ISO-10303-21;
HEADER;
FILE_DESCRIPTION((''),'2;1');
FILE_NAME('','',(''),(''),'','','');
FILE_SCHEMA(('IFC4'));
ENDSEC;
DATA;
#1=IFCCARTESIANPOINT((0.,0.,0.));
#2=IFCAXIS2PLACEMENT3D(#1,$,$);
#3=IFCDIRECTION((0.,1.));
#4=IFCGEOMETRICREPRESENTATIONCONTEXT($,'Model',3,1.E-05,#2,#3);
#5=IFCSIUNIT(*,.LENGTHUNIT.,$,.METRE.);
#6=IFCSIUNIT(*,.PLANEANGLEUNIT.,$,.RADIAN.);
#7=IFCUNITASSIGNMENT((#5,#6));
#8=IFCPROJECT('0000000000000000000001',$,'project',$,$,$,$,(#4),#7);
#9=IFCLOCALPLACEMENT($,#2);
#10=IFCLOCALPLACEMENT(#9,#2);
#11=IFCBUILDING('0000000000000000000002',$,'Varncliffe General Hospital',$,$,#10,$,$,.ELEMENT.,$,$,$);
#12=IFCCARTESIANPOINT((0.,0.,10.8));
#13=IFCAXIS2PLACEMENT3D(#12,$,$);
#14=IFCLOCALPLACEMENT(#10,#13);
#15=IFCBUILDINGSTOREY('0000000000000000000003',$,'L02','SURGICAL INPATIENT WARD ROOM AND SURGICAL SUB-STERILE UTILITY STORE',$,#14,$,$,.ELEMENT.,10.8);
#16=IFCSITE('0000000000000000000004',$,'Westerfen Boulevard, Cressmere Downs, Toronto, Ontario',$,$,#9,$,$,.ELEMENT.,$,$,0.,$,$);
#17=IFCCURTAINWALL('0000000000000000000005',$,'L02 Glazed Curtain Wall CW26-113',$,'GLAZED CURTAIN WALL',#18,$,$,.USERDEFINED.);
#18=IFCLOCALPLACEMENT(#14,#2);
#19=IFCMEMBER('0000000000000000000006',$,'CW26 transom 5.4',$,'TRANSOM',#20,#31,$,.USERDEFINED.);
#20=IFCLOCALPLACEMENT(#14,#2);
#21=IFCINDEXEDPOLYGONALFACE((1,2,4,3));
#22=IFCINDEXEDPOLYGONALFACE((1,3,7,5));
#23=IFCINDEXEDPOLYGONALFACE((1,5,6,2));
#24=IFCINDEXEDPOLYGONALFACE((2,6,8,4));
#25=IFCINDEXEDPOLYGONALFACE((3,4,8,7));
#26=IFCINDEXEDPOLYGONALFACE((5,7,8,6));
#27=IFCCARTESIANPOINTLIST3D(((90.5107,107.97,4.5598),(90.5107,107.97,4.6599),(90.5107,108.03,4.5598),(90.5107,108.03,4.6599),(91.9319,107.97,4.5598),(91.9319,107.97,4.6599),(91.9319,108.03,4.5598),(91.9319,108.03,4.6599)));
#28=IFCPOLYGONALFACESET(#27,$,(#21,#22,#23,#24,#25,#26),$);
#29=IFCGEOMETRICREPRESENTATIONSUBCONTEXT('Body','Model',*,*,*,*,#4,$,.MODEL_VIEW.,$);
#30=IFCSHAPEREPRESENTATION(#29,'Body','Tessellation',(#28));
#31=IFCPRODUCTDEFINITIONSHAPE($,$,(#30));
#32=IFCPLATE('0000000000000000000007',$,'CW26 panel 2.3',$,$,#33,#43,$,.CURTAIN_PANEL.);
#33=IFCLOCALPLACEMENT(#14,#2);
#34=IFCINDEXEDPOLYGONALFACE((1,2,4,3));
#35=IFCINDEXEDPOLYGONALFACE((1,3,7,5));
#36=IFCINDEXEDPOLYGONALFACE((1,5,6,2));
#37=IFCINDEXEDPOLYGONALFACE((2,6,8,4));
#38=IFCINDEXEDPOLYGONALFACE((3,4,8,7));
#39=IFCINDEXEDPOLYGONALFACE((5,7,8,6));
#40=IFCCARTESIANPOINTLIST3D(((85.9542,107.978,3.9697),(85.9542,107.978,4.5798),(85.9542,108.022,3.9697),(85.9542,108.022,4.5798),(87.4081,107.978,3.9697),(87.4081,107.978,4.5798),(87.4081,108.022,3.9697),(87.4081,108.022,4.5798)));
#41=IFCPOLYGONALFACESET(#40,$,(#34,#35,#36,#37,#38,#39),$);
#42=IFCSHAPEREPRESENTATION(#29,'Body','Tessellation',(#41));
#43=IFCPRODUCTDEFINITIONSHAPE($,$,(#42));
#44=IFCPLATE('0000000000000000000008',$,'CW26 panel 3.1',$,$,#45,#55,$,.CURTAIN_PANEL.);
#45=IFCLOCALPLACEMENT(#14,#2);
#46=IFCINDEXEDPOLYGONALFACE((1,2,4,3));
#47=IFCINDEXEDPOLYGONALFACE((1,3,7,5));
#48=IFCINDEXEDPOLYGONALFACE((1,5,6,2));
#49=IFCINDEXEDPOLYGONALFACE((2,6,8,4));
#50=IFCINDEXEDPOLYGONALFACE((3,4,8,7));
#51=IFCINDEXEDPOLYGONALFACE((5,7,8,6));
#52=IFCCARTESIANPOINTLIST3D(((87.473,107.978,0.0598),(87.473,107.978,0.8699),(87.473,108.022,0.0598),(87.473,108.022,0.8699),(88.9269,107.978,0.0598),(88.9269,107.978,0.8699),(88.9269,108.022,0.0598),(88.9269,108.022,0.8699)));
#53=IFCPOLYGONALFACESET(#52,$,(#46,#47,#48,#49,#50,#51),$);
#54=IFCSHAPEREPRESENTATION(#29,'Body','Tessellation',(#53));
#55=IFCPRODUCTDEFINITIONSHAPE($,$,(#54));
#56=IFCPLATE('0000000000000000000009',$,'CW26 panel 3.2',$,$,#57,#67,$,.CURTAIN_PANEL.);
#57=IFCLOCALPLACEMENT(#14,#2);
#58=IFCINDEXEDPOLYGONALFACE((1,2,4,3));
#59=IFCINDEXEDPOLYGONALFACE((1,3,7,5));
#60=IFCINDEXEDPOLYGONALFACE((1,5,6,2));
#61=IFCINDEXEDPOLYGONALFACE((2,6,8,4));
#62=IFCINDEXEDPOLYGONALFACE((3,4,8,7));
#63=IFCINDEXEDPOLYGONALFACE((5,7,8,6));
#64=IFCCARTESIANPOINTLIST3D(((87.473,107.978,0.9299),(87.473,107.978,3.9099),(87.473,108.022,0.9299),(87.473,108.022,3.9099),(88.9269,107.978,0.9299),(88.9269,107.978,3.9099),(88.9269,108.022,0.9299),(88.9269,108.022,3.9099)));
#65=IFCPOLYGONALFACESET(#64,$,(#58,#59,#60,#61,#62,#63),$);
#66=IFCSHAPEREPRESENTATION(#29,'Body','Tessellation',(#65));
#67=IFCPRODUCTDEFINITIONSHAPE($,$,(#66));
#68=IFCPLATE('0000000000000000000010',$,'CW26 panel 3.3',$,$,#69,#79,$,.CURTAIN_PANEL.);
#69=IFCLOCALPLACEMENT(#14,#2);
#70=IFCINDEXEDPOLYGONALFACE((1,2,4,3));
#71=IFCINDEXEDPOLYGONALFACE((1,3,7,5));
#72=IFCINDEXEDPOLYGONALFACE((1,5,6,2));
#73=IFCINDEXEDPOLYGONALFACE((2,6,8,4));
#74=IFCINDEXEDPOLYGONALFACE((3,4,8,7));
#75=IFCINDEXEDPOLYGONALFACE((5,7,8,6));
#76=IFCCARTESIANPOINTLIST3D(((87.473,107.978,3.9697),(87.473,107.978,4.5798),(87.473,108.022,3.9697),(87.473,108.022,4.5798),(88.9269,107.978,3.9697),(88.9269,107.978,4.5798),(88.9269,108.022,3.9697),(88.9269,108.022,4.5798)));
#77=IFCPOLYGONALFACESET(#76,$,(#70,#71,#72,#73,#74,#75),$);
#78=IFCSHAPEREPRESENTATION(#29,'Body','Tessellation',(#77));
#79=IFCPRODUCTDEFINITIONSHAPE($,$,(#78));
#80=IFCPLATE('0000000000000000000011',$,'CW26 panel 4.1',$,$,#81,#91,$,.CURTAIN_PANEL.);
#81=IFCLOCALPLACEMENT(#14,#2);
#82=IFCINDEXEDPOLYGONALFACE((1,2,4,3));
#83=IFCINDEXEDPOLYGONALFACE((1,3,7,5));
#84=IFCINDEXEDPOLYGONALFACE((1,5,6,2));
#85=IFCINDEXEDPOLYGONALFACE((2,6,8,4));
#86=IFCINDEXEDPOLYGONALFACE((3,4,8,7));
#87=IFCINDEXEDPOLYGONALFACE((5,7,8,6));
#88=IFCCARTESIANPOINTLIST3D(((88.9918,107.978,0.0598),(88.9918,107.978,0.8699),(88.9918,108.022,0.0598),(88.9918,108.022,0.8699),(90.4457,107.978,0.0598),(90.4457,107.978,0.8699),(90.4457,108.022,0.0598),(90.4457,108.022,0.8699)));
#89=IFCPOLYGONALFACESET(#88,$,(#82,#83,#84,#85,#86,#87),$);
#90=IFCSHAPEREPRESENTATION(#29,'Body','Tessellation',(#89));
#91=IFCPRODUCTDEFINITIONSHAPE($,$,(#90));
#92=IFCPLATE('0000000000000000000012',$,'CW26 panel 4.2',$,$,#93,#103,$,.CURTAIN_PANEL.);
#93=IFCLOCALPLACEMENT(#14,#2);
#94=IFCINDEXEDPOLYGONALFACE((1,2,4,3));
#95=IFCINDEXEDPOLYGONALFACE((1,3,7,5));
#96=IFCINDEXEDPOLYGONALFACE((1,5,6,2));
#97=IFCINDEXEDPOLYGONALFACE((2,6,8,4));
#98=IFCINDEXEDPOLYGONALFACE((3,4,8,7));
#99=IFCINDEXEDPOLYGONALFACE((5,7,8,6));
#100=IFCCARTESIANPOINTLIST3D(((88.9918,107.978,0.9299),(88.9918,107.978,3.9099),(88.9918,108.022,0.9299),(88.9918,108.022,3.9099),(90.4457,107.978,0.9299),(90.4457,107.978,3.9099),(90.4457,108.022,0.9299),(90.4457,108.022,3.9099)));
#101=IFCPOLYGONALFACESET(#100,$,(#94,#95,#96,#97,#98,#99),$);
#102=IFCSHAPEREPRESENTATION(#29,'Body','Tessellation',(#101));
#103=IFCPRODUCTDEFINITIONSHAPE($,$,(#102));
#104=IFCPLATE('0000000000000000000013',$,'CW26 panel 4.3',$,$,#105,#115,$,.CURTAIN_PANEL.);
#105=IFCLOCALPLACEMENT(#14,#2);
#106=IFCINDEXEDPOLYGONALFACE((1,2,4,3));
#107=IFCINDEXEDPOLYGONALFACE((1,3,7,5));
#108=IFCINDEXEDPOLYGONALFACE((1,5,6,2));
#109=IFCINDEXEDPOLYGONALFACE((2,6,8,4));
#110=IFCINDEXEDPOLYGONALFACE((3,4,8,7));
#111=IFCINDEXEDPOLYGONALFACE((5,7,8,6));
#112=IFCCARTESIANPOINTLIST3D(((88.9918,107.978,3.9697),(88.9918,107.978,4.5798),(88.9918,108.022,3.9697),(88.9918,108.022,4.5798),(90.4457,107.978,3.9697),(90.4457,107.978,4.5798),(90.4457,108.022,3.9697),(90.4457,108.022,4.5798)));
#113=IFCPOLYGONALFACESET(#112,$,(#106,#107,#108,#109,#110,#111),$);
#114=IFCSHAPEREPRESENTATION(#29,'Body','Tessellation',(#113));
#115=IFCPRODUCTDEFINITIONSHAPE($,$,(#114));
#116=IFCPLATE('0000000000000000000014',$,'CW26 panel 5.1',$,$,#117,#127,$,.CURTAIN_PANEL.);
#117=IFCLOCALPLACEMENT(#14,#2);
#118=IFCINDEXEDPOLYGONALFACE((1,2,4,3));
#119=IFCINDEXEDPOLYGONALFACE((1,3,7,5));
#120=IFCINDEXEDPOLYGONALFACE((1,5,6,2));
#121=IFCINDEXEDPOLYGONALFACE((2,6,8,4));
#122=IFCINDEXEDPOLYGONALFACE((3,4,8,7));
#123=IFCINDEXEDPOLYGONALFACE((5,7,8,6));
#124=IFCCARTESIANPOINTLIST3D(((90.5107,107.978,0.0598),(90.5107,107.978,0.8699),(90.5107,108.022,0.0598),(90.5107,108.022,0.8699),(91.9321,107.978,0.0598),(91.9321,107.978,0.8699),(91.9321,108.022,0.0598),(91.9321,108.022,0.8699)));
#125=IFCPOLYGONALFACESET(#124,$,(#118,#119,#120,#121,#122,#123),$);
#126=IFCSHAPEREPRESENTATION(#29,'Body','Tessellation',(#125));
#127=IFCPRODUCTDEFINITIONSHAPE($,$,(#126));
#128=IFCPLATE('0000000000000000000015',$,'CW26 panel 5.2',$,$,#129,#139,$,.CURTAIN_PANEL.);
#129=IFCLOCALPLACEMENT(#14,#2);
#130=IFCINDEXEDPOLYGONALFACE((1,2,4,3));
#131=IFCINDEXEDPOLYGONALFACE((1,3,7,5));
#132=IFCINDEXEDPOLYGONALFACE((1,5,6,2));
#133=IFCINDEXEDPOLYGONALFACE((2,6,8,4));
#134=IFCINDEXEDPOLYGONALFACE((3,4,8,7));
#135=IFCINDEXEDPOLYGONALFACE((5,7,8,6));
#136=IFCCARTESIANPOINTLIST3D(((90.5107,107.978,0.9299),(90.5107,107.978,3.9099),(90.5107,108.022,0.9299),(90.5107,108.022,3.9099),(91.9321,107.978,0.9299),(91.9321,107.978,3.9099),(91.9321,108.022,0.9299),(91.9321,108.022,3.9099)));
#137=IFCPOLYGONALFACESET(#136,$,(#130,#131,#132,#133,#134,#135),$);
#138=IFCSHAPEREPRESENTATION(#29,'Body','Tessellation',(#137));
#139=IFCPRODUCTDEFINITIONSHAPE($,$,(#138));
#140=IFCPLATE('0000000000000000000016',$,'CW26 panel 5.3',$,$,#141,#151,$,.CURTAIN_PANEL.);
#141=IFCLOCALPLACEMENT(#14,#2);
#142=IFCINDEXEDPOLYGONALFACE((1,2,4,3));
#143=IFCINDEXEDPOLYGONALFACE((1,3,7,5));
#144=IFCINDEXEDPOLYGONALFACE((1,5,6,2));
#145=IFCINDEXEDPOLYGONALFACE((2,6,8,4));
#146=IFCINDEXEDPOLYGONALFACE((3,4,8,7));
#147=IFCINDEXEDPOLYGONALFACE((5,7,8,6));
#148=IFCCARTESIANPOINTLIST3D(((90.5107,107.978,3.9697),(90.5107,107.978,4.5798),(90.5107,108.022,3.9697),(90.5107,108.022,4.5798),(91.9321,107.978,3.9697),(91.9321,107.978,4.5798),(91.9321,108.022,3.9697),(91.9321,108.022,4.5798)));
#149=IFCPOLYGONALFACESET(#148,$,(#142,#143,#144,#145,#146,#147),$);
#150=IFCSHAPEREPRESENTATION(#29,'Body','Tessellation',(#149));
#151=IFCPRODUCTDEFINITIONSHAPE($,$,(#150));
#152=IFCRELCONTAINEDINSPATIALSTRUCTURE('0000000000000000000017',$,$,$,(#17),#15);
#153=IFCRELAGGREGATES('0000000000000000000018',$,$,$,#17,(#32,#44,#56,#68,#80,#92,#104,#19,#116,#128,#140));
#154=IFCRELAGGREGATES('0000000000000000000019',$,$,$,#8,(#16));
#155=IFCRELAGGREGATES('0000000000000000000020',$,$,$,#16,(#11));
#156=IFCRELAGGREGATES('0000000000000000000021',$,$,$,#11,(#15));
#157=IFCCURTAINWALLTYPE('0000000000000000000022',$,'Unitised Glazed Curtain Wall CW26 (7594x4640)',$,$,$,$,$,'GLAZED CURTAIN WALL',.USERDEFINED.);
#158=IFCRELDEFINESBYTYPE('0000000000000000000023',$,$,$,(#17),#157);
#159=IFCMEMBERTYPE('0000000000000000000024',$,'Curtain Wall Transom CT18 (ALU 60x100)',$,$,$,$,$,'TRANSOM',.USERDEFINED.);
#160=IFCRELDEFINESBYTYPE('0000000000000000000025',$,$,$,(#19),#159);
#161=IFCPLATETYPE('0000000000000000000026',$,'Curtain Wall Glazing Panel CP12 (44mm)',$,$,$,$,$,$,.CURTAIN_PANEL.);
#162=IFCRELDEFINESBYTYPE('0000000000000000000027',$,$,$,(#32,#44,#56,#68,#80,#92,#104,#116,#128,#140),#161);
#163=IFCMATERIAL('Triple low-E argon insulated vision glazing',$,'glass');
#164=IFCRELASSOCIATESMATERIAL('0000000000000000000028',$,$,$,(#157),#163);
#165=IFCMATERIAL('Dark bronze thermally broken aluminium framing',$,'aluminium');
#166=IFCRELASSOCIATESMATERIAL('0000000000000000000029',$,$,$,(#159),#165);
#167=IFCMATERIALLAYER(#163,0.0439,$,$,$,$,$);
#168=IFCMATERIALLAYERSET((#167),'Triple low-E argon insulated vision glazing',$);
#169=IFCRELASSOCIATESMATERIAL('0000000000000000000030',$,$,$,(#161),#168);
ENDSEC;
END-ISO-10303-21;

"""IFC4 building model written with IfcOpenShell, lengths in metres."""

from ifc_helpers import new_model, si_unit, direction, frame, origin, origin_2d, place, context, subcontext, project, spatial, rectangle, extrude, material, layer, layer_set, material_profile, profile_set, type_object, element, aggregate, save


model = new_model("IFC4")

# Units and contexts
model_context = context("Model", 3, precision=1e-05, world=origin(), true_north=direction((0.0, 1.0)))
body_context = subcontext(model_context, "Body", "Model", "MODEL_VIEW")
ifc_project = project(units=[si_unit("LENGTHUNIT", "METRE"), si_unit("PLANEANGLEUNIT", "RADIAN")], contexts=[model_context])

# Site, building, storey
site_placement = place(None, origin())
site = spatial("IfcSite", under=ifc_project, at=site_placement, Name="Westerfen Boulevard, Cressmere Downs, Toronto, Ontario", CompositionType="ELEMENT", RefElevation=0.0)
building_placement = place(site_placement, origin())
building = spatial("IfcBuilding", under=site, at=building_placement, Name="Varncliffe General Hospital", CompositionType="ELEMENT")
storey_placement = place(building_placement, frame((0.0, 0.0, 10.8)))
storey = spatial("IfcBuildingStorey", under=building, at=storey_placement, Name="L02", Description="SURGICAL INPATIENT WARD ROOM AND SURGICAL SUB-STERILE UTILITY STORE", CompositionType="ELEMENT", Elevation=10.8)

# Curtain wall, member, plates
ifc_material_1 = material(Name="Triple low-E argon insulated vision glazing", Category="glass")
curtain_wall_type = type_object("IfcCurtainWallType", Name="Unitised Glazed Curtain Wall CW26 (7594x4640)", ElementType="GLAZED CURTAIN WALL", PredefinedType="USERDEFINED", material=ifc_material_1)
curtain_wall_placement = place(storey_placement, origin())
curtain_wall = element("IfcCurtainWall", 1, at=curtain_wall_placement, inside=storey, type_object=curtain_wall_type, Name="L02 Glazed Curtain Wall CW26-113", ObjectType="GLAZED CURTAIN WALL", PredefinedType="USERDEFINED")
ifc_material_2 = material(Name="Dark bronze thermally broken aluminium framing", Category="aluminium")
ifc_material_profile_1 = material_profile(ifc_material_2, rectangle(XDim=0.0601, YDim=0.1001, at=origin_2d()), Name="ALU 60x100")
ifc_profile_set_1 = profile_set([ifc_material_profile_1], Name="Dark bronze thermally broken aluminium framing")
member_type_1 = type_object("IfcMemberType", Name="Curtain Wall Transom CT18 (ALU 60x100)", ElementType="TRANSOM", PredefinedType="USERDEFINED", material=ifc_profile_set_1)
member_1_placement = place(storey_placement, frame((90.5107, 108.0, 4.6099), z_axis=(1.0, 0.0, 0.0), x_axis=(0.0, 1.0, 0.0)))
member_1 = element("IfcMember", 2, at=member_1_placement, type_object=member_type_1, Name="CW26 transom 5.4", ObjectType="TRANSOM", PredefinedType="USERDEFINED", context=body_context, shape_type="SweptSolid", body=[
    extrude(rectangle(XDim=0.0601, YDim=0.1001, at=origin_2d()), origin(), (0.0, 0.0, 1.0), 1.4211),
])
ifc_layer = layer(ifc_material_1, 0.0439)
ifc_layer_set = layer_set([ifc_layer], Name="Triple low-E argon insulated vision glazing")
plate_type = type_object("IfcPlateType", Name="Curtain Wall Glazing Panel CP12 (44mm)", PredefinedType="CURTAIN_PANEL", material=ifc_layer_set)
plate_1_placement = place(storey_placement, frame((86.6812, 108.0, 3.9697), z_axis=(0.0, 0.0, 1.0), x_axis=(1.0, 0.0, 0.0)))
plate_1 = element("IfcPlate", 3, at=plate_1_placement, type_object=plate_type, Name="CW26 panel 2.3", PredefinedType="CURTAIN_PANEL", context=body_context, shape_type="SweptSolid", body=[
    extrude(rectangle(XDim=1.4539, YDim=0.0439, at=origin_2d()), origin(), (0.0, 0.0, 1.0), 0.6101),
])
plate_2_placement = place(storey_placement, frame((88.2, 108.0, 0.0598), z_axis=(0.0, 0.0, 1.0), x_axis=(1.0, 0.0, 0.0)))
plate_2 = element("IfcPlate", 4, at=plate_2_placement, type_object=plate_type, Name="CW26 panel 3.1", PredefinedType="CURTAIN_PANEL", context=body_context, shape_type="SweptSolid", body=[
    extrude(rectangle(XDim=1.4539, YDim=0.0439, at=origin_2d()), origin(), (0.0, 0.0, 1.0), 0.8101),
])
plate_3_placement = place(storey_placement, frame((88.2, 108.0, 0.9299), z_axis=(0.0, 0.0, 1.0), x_axis=(1.0, 0.0, 0.0)))
plate_3 = element("IfcPlate", 5, at=plate_3_placement, type_object=plate_type, Name="CW26 panel 3.2", PredefinedType="CURTAIN_PANEL", context=body_context, shape_type="SweptSolid", body=[
    extrude(rectangle(XDim=1.4539, YDim=0.0439, at=origin_2d()), origin(), (0.0, 0.0, 1.0), 2.98),
])
plate_4_placement = place(storey_placement, frame((88.2, 108.0, 3.9697), z_axis=(0.0, 0.0, 1.0), x_axis=(1.0, 0.0, 0.0)))
plate_4 = element("IfcPlate", 6, at=plate_4_placement, type_object=plate_type, Name="CW26 panel 3.3", PredefinedType="CURTAIN_PANEL", context=body_context, shape_type="SweptSolid", body=[
    extrude(rectangle(XDim=1.4539, YDim=0.0439, at=origin_2d()), origin(), (0.0, 0.0, 1.0), 0.6101),
])
plate_5_placement = place(storey_placement, frame((89.7188, 108.0, 0.0598), z_axis=(0.0, 0.0, 1.0), x_axis=(1.0, 0.0, 0.0)))
plate_5 = element("IfcPlate", 7, at=plate_5_placement, type_object=plate_type, Name="CW26 panel 4.1", PredefinedType="CURTAIN_PANEL", context=body_context, shape_type="SweptSolid", body=[
    extrude(rectangle(XDim=1.4539, YDim=0.0439, at=origin_2d()), origin(), (0.0, 0.0, 1.0), 0.8101),
])
plate_6_placement = place(storey_placement, frame((89.7188, 108.0, 0.9299), z_axis=(0.0, 0.0, 1.0), x_axis=(1.0, 0.0, 0.0)))
plate_6 = element("IfcPlate", 8, at=plate_6_placement, type_object=plate_type, Name="CW26 panel 4.2", PredefinedType="CURTAIN_PANEL", context=body_context, shape_type="SweptSolid", body=[
    extrude(rectangle(XDim=1.4539, YDim=0.0439, at=origin_2d()), origin(), (0.0, 0.0, 1.0), 2.98),
])
plate_7_placement = place(storey_placement, frame((89.7188, 108.0, 3.9697), z_axis=(0.0, 0.0, 1.0), x_axis=(1.0, 0.0, 0.0)))
plate_7 = element("IfcPlate", 9, at=plate_7_placement, type_object=plate_type, Name="CW26 panel 4.3", PredefinedType="CURTAIN_PANEL", context=body_context, shape_type="SweptSolid", body=[
    extrude(rectangle(XDim=1.4539, YDim=0.0439, at=origin_2d()), origin(), (0.0, 0.0, 1.0), 0.6101),
])
plate_8_placement = place(storey_placement, frame((91.2214, 108.0, 0.0598), z_axis=(0.0, 0.0, 1.0), x_axis=(1.0, 0.0, 0.0)))
plate_8 = element("IfcPlate", 10, at=plate_8_placement, type_object=plate_type, Name="CW26 panel 5.1", PredefinedType="CURTAIN_PANEL", context=body_context, shape_type="SweptSolid", body=[
    extrude(rectangle(XDim=1.4214, YDim=0.0439, at=origin_2d()), origin(), (0.0, 0.0, 1.0), 0.8101),
])
plate_9_placement = place(storey_placement, frame((91.2214, 108.0, 0.9299), z_axis=(0.0, 0.0, 1.0), x_axis=(1.0, 0.0, 0.0)))
plate_9 = element("IfcPlate", 11, at=plate_9_placement, type_object=plate_type, Name="CW26 panel 5.2", PredefinedType="CURTAIN_PANEL", context=body_context, shape_type="SweptSolid", body=[
    extrude(rectangle(XDim=1.4214, YDim=0.0439, at=origin_2d()), origin(), (0.0, 0.0, 1.0), 2.98),
])
plate_10_placement = place(storey_placement, frame((91.2214, 108.0, 3.9697), z_axis=(0.0, 0.0, 1.0), x_axis=(1.0, 0.0, 0.0)))
plate_10 = element("IfcPlate", 12, at=plate_10_placement, type_object=plate_type, Name="CW26 panel 5.3", PredefinedType="CURTAIN_PANEL", context=body_context, shape_type="SweptSolid", body=[
    extrude(rectangle(XDim=1.4214, YDim=0.0439, at=origin_2d()), origin(), (0.0, 0.0, 1.0), 0.6101),
])
aggregate(curtain_wall, [plate_1, plate_2, plate_3, plate_4, plate_5, plate_6, plate_7, member_1, plate_8, plate_9, plate_10])

save(model, "model.ifc")
